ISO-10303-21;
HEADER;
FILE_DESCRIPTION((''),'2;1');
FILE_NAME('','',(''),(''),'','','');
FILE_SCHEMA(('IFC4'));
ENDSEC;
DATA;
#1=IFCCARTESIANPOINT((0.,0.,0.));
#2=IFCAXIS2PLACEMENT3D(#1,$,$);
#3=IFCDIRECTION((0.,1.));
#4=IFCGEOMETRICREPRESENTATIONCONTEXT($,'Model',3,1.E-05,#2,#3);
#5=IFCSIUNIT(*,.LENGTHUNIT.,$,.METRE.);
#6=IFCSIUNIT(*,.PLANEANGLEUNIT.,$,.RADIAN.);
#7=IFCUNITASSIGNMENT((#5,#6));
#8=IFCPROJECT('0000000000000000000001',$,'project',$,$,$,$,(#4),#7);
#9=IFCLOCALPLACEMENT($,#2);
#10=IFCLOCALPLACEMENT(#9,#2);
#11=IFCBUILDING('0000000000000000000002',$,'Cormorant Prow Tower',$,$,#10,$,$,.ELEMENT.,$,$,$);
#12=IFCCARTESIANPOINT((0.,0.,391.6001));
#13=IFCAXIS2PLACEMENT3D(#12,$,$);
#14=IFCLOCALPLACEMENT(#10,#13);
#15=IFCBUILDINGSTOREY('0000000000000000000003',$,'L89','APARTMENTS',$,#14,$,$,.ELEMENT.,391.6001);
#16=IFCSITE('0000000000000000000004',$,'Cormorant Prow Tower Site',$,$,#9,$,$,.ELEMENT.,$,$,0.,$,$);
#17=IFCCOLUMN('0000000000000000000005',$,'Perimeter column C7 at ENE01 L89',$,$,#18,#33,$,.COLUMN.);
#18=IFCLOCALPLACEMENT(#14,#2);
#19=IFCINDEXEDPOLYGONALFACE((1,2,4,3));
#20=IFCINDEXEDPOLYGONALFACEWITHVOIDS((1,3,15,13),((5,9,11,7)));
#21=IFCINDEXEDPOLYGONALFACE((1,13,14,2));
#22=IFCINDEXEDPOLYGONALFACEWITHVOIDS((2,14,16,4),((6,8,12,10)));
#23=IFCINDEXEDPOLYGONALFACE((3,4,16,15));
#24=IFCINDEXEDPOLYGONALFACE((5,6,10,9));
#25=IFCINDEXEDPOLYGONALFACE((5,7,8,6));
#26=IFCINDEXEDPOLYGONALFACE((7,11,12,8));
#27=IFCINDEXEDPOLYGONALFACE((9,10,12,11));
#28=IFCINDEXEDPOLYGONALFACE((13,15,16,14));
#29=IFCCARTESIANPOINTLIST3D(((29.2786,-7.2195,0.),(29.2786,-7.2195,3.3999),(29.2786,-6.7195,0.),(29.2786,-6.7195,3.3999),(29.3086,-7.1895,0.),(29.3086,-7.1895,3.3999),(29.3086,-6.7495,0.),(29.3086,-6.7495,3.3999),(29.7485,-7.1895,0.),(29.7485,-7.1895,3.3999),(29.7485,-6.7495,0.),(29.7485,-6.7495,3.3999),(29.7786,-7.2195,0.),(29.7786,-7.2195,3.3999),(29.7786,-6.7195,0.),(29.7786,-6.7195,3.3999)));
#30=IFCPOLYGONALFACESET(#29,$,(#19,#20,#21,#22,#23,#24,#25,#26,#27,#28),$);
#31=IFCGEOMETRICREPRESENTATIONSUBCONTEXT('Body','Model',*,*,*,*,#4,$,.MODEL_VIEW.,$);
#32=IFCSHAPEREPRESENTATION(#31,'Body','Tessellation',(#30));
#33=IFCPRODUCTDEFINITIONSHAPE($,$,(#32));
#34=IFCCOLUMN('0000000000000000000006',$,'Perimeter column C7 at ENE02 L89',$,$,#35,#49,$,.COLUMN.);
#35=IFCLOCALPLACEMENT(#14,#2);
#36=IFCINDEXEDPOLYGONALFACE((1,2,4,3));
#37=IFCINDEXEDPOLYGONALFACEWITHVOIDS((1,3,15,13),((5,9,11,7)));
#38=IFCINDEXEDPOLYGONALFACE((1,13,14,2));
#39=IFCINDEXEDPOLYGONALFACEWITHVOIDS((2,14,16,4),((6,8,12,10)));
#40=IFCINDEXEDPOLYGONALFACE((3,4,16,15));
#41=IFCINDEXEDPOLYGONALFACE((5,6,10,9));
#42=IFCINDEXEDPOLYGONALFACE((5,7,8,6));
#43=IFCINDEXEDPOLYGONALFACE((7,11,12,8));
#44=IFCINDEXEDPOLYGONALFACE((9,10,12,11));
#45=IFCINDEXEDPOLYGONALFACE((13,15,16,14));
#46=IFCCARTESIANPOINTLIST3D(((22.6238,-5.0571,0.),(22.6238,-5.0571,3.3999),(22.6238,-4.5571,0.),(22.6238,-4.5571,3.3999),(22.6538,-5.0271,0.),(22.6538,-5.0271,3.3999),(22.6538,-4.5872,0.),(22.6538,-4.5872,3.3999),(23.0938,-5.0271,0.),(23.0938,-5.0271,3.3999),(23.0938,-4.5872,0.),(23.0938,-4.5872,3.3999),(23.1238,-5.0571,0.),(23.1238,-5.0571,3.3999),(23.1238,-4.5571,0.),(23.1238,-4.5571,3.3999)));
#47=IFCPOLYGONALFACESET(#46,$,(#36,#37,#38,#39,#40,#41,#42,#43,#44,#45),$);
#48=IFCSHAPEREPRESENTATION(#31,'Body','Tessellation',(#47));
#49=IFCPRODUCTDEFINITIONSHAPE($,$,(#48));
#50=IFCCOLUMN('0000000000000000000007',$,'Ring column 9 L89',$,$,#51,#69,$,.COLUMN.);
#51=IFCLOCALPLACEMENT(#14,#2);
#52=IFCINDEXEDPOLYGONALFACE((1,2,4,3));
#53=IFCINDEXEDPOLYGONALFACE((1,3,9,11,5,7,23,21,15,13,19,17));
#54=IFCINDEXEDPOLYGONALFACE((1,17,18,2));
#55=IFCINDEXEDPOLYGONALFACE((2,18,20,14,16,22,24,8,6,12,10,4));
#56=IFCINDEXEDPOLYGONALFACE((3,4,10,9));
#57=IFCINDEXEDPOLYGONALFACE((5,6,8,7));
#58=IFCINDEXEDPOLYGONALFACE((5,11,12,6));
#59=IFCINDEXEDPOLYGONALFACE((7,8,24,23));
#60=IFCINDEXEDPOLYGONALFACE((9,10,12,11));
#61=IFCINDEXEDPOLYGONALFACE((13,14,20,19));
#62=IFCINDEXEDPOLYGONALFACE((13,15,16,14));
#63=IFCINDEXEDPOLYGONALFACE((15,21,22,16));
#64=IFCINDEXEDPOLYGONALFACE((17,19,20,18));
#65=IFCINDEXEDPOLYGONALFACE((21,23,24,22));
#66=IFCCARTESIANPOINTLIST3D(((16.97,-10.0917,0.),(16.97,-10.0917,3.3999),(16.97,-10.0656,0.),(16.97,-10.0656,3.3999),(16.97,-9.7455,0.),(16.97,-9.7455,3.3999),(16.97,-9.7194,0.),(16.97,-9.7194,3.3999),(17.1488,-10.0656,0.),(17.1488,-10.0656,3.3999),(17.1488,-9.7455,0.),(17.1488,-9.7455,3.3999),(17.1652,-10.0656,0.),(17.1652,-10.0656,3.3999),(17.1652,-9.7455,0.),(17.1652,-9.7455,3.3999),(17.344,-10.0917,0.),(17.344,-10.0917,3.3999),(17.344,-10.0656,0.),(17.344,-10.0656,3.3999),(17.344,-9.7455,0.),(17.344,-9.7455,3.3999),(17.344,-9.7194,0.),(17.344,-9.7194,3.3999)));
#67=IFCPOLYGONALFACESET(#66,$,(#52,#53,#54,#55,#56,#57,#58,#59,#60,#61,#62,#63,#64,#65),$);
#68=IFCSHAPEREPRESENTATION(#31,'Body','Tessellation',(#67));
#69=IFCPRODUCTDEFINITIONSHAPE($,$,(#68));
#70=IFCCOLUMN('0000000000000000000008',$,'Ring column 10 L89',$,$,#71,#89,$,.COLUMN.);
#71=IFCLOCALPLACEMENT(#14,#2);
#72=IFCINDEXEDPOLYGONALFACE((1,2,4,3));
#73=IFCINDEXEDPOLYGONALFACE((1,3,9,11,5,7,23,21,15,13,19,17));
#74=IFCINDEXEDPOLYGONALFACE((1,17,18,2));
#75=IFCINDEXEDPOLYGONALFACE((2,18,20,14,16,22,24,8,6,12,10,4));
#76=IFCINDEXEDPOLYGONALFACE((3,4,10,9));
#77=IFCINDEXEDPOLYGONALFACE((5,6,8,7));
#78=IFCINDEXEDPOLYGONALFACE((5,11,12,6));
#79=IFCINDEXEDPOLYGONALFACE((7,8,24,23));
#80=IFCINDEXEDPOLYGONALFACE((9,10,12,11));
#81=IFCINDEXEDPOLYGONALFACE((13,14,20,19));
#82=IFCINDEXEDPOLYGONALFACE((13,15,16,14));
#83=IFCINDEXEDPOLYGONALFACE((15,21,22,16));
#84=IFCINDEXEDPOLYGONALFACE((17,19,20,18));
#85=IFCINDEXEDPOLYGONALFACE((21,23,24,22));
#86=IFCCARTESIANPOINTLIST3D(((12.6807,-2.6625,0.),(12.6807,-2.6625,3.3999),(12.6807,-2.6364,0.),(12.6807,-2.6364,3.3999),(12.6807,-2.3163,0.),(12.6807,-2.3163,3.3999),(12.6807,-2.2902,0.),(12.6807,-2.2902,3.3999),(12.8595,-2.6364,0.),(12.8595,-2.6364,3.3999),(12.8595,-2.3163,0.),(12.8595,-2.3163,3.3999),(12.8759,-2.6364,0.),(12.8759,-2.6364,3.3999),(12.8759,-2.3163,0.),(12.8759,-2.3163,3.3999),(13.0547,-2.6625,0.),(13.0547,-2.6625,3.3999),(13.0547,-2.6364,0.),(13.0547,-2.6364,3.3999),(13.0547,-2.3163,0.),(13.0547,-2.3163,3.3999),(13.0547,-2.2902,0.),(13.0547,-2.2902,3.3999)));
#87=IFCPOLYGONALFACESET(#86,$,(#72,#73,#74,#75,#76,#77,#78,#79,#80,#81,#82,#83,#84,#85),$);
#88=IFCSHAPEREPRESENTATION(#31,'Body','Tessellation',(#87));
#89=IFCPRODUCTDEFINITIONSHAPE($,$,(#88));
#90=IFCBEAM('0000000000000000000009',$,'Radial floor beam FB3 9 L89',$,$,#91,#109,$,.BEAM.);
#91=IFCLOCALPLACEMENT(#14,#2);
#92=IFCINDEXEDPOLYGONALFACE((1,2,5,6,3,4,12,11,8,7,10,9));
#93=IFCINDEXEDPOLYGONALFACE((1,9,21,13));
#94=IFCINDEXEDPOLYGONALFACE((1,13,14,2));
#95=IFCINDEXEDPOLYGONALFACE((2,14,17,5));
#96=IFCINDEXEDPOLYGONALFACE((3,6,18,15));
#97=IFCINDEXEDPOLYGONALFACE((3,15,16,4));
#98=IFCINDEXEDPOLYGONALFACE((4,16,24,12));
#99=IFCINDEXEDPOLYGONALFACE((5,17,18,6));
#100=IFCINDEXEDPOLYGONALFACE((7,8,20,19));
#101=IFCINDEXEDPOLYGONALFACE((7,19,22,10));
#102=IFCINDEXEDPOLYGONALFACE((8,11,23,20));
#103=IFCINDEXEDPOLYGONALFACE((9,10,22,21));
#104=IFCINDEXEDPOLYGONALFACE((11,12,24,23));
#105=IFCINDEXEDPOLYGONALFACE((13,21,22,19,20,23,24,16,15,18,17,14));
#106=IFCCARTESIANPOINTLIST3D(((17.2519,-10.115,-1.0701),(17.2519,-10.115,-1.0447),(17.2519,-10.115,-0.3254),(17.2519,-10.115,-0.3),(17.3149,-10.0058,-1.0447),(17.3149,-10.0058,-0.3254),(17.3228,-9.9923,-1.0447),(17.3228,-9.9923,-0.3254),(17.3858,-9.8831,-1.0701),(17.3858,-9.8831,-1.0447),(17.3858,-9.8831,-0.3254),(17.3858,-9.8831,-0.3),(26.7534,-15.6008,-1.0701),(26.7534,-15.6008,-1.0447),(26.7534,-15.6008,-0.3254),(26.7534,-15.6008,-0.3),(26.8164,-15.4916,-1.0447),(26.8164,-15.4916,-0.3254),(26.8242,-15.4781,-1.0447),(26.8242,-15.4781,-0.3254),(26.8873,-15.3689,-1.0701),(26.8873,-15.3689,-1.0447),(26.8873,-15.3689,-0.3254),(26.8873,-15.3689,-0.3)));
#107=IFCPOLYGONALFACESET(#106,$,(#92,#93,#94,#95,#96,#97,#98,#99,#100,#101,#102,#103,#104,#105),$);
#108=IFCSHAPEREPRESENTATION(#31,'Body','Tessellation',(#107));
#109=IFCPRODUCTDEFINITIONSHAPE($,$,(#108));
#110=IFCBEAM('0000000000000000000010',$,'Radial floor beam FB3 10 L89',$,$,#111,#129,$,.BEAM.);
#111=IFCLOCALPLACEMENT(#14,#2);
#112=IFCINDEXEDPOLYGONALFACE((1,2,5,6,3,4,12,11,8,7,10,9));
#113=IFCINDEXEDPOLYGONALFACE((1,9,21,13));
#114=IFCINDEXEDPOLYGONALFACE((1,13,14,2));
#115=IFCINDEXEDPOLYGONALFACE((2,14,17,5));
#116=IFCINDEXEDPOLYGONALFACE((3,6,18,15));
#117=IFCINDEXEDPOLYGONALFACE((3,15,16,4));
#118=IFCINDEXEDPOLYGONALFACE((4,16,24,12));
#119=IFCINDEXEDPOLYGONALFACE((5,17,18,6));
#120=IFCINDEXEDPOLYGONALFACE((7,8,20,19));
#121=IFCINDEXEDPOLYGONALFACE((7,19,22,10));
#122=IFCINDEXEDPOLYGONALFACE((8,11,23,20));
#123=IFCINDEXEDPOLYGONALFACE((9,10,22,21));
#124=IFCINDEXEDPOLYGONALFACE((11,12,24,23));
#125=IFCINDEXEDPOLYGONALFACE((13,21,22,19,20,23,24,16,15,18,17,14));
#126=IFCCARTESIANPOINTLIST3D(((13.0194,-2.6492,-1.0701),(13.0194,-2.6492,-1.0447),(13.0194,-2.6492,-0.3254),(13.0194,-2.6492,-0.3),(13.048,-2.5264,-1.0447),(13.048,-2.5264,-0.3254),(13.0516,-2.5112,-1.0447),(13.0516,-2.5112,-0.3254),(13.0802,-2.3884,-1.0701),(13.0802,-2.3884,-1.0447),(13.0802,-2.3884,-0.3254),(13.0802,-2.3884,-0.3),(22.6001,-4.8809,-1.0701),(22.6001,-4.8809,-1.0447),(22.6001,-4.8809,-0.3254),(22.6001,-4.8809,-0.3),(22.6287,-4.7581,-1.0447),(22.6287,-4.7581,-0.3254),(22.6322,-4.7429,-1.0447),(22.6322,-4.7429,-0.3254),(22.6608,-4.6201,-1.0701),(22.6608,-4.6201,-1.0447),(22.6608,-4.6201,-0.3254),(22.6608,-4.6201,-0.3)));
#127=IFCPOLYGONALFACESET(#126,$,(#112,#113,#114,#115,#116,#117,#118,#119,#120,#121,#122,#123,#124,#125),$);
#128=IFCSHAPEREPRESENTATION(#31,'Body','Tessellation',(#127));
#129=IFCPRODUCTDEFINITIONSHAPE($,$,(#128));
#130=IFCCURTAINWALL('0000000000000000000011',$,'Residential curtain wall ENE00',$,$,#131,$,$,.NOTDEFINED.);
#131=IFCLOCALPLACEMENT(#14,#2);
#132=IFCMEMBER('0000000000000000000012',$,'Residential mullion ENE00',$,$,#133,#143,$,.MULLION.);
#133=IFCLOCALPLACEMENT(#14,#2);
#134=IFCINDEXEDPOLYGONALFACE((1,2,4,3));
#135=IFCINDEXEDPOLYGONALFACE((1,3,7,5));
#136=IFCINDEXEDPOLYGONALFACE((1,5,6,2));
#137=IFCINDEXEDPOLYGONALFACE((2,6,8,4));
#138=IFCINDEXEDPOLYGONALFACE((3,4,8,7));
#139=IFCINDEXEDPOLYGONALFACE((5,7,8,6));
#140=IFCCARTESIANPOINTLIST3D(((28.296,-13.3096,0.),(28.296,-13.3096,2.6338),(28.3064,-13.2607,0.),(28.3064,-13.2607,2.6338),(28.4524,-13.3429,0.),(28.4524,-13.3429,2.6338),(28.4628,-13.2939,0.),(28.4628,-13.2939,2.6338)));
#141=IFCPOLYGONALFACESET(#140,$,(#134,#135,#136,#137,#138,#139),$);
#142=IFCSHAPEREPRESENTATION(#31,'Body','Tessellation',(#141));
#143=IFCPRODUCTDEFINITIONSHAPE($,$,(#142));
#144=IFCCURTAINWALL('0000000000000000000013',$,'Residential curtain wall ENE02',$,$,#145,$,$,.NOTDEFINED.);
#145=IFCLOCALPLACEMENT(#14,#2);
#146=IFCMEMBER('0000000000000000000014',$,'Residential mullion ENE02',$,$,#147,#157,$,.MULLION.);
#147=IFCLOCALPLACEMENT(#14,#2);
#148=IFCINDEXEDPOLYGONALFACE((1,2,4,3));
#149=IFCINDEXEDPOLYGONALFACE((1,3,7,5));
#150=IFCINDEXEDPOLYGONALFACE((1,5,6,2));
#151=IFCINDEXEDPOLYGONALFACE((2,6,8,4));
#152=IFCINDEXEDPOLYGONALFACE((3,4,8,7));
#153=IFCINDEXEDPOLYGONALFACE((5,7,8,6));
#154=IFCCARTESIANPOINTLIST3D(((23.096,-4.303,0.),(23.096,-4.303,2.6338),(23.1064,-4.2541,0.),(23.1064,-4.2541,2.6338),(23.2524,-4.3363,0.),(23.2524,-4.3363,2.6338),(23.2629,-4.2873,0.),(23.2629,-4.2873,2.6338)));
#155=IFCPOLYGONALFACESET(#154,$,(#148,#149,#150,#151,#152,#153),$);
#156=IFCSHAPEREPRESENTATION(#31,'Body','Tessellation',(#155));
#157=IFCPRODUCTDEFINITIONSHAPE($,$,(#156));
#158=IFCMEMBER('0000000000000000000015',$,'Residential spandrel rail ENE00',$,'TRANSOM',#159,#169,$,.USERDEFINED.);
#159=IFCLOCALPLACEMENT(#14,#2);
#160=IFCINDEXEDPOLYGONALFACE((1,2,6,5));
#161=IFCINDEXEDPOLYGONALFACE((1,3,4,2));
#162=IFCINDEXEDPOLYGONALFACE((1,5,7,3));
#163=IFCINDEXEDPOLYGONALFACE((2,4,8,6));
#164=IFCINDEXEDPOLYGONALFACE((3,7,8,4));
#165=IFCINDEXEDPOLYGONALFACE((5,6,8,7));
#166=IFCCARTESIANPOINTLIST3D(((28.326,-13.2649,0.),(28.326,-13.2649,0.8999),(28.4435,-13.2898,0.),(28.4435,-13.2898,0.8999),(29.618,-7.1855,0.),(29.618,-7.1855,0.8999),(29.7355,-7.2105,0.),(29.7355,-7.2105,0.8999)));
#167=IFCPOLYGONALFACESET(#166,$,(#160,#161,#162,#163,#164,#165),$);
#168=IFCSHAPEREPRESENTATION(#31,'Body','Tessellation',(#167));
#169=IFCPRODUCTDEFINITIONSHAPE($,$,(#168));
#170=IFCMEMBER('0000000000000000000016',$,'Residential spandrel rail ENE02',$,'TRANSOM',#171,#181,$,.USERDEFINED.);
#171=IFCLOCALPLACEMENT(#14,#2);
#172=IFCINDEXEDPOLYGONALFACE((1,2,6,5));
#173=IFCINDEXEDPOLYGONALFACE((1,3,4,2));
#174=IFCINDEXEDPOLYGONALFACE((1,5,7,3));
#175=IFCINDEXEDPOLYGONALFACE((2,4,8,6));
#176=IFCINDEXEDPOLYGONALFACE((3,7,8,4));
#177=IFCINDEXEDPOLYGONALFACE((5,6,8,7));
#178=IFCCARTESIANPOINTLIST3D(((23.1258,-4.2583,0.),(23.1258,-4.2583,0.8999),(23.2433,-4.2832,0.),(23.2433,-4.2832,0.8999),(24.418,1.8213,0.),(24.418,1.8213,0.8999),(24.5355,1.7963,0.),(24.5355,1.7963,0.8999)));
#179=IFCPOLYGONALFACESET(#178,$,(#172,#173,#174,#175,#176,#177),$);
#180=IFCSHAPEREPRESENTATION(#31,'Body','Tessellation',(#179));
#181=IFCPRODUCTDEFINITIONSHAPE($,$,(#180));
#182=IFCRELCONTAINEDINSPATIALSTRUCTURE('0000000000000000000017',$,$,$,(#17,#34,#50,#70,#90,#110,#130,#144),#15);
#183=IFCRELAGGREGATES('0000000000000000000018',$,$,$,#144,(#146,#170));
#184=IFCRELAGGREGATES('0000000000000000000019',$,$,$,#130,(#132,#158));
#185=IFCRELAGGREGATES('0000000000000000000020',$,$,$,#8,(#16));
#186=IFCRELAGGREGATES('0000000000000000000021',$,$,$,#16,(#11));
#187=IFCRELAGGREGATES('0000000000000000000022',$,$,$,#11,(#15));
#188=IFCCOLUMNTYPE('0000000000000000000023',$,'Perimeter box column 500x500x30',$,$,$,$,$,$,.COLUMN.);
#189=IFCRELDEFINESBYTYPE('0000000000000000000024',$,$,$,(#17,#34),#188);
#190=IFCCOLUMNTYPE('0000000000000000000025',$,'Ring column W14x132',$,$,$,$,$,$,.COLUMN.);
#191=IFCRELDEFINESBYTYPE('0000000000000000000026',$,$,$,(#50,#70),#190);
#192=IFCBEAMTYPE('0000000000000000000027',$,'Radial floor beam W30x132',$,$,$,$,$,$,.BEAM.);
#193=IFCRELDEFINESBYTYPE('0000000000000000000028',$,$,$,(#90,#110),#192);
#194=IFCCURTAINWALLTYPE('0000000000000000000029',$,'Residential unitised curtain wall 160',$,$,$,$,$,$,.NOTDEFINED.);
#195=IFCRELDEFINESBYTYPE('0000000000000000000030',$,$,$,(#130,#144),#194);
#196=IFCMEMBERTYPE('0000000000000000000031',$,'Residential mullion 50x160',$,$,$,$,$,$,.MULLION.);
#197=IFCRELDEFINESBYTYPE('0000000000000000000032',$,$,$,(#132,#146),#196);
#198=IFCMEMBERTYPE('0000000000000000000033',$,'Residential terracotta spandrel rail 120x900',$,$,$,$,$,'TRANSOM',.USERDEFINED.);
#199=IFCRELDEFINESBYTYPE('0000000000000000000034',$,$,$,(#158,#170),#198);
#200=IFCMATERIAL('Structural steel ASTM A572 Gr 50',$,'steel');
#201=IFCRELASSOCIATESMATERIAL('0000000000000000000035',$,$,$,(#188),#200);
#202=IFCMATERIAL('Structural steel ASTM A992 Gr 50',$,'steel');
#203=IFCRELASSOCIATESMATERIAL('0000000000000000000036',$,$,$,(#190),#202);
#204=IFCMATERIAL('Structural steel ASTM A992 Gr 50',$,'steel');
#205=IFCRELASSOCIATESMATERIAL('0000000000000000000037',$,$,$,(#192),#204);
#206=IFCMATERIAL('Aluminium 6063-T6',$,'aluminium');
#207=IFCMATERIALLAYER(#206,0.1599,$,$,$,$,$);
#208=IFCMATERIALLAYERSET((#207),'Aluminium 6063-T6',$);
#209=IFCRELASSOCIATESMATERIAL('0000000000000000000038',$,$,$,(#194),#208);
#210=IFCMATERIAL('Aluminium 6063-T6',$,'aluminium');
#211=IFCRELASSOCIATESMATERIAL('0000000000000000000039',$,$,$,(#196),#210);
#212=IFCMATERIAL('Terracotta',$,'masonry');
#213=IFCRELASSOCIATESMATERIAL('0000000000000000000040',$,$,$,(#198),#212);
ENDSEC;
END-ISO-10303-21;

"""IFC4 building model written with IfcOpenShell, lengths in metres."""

from ifc_helpers import new_model, si_unit, direction, frame, origin, origin_2d, place, context, subcontext, project, spatial, rectangle, hollow_rectangle, i_section, extrude, material, layer, layer_set, material_profile, profile_set, type_object, element, aggregate, save


model = new_model("IFC4")

# Units and contexts
model_context = context("Model", 3, precision=1e-05, world=origin(), true_north=direction((0.0, 1.0)))
body_context = subcontext(model_context, "Body", "Model", "MODEL_VIEW")
ifc_project = project(units=[si_unit("LENGTHUNIT", "METRE"), si_unit("PLANEANGLEUNIT", "RADIAN")], contexts=[model_context])

# Site, building, storey
site_placement = place(None, origin())
site = spatial("IfcSite", under=ifc_project, at=site_placement, Name="Cormorant Prow Tower Site", CompositionType="ELEMENT", RefElevation=0.0)
building_placement = place(site_placement, origin())
building = spatial("IfcBuilding", under=site, at=building_placement, Name="Cormorant Prow Tower", CompositionType="ELEMENT")
storey_placement = place(building_placement, frame((0.0, 0.0, 391.6001)))
storey = spatial("IfcBuildingStorey", under=building, at=storey_placement, Name="L89", Description="APARTMENTS", CompositionType="ELEMENT", Elevation=391.6001)

# Columns
ifc_material_1 = material(Name="Structural steel ASTM A572 Gr 50", Category="steel")
ifc_material_profile_1 = material_profile(ifc_material_1, hollow_rectangle(XDim=0.5, YDim=0.5, WallThickness=0.03, at=origin_2d()), Name="Box 500x500x30")
ifc_profile_set_1 = profile_set([ifc_material_profile_1], Name="Structural steel ASTM A572 Gr 50")
column_type_1 = type_object("IfcColumnType", Name="Perimeter box column 500x500x30", PredefinedType="COLUMN", material=ifc_profile_set_1)
for number, where, z_axis, x_axis, name in (
    (1, (29.5286, -6.9695, 0.0), (0.0, 0.0, 1.0), (1.0, 0.0, 0.0), "Perimeter column C7 at ENE01 L89"),
    (2, (22.8738, -4.8071, 0.0), (0.0, 0.0, 1.0), (1.0, 0.0, 0.0), "Perimeter column C7 at ENE02 L89"),
):
    element("IfcColumn", number, at=place(storey_placement, frame(where, z_axis=z_axis, x_axis=x_axis)), inside=storey, type_object=column_type_1, Name=name, PredefinedType="COLUMN", context=body_context, shape_type="SweptSolid", body=[
        extrude(hollow_rectangle(XDim=0.5, YDim=0.5, WallThickness=0.03, at=origin_2d()), origin(), (0.0, 0.0, 1.0), 3.3999),
    ])
ifc_material_2 = material(Name="Structural steel ASTM A992 Gr 50", Category="steel")
ifc_material_profile_2 = material_profile(ifc_material_2, i_section(OverallWidth=0.374, OverallDepth=0.3723, WebThickness=0.0164, FlangeThickness=0.0261, at=origin_2d()), Name="W14x132")
ifc_profile_set_2 = profile_set([ifc_material_profile_2], Name="Structural steel ASTM A992 Gr 50")
column_type_2 = type_object("IfcColumnType", Name="Ring column W14x132", PredefinedType="COLUMN", material=ifc_profile_set_2)
for number, where, z_axis, x_axis, name in (
    (3, (17.157, -9.9055, 0.0), (0.0, 0.0, 1.0), (1.0, 0.0, 0.0), "Ring column 9 L89"),
    (4, (12.8677, -2.4763, 0.0), (0.0, 0.0, 1.0), (1.0, 0.0, 0.0), "Ring column 10 L89"),
):
    element("IfcColumn", number, at=place(storey_placement, frame(where, z_axis=z_axis, x_axis=x_axis)), inside=storey, type_object=column_type_2, Name=name, PredefinedType="COLUMN", context=body_context, shape_type="SweptSolid", body=[
        extrude(i_section(OverallWidth=0.374, OverallDepth=0.3723, WebThickness=0.0164, FlangeThickness=0.0261, at=origin_2d()), origin(), (0.0, 0.0, 1.0), 3.3999),
    ])

# Beams
ifc_material_3 = material(Name="Structural steel ASTM A992 Gr 50", Category="steel")
ifc_material_profile_3 = material_profile(ifc_material_3, i_section(OverallWidth=0.2678, OverallDepth=0.77, WebThickness=0.0156, FlangeThickness=0.0254, at=origin_2d()), Name="W30x132")
ifc_profile_set_3 = profile_set([ifc_material_profile_3], Name="Structural steel ASTM A992 Gr 50")
beam_type_1 = type_object("IfcBeamType", Name="Radial floor beam W30x132", PredefinedType="BEAM", material=ifc_profile_set_3)
beam_1_placement = place(storey_placement, frame((17.3188, -9.999, -0.6851), z_axis=(0.866019, -0.500011, 0.0), x_axis=(0.500011, 0.866019, 0.0)))
element("IfcBeam", 5, at=beam_1_placement, inside=storey, type_object=beam_type_1, Name="Radial floor beam FB3 9 L89", PredefinedType="BEAM", context=body_context, shape_type="SweptSolid", body=[
    extrude(i_section(OverallWidth=0.2678, OverallDepth=0.77, WebThickness=0.0156, FlangeThickness=0.0254, at=origin_2d()), origin(), (0.0, 0.0, 1.0), 10.9714),
])
beam_2_placement = place(storey_placement, frame((13.0498, -2.5188, -0.6851), z_axis=(0.973926, -0.226866, 0.0), x_axis=(0.226866, 0.973926, 0.0)))
element("IfcBeam", 6, at=beam_2_placement, inside=storey, type_object=beam_type_1, Name="Radial floor beam FB3 10 L89", PredefinedType="BEAM", context=body_context, shape_type="SweptSolid", body=[
    extrude(i_section(OverallWidth=0.2678, OverallDepth=0.77, WebThickness=0.0156, FlangeThickness=0.0254, at=origin_2d()), origin(), (0.0, 0.0, 1.0), 9.8372),
])

# Curtain walls, members
ifc_material_4 = material(Name="Aluminium 6063-T6", Category="aluminium")
ifc_layer_1 = layer(ifc_material_4, 0.1599)
ifc_layer_set_1 = layer_set([ifc_layer_1], Name="Aluminium 6063-T6")
curtain_wall_type = type_object("IfcCurtainWallType", Name="Residential unitised curtain wall 160", PredefinedType="NOTDEFINED", material=ifc_layer_set_1)
curtain_wall_1_placement = place(storey_placement, origin())
curtain_wall_1 = element("IfcCurtainWall", 7, at=curtain_wall_1_placement, inside=storey, type_object=curtain_wall_type, Name="Residential curtain wall ENE00", PredefinedType="NOTDEFINED")
ifc_material_5 = material(Name="Aluminium 6063-T6", Category="aluminium")
ifc_material_profile_4 = material_profile(ifc_material_5, rectangle(XDim=0.1599, YDim=0.05, at=origin_2d()), Name="Residential mullion 50x160")
ifc_profile_set_4 = profile_set([ifc_material_profile_4], Name="Aluminium 6063-T6")
member_type_1 = type_object("IfcMemberType", Name="Residential mullion 50x160", PredefinedType="MULLION", material=ifc_profile_set_4)
member_1_placement = place(storey_placement, frame((28.3794, -13.3018, 0.0), z_axis=(0.0, 0.0, 1.0), x_axis=(-0.978148, 0.207912, 0.0)))
member_1 = element("IfcMember", 8, at=member_1_placement, type_object=member_type_1, Name="Residential mullion ENE00", PredefinedType="MULLION", context=body_context, shape_type="SweptSolid", body=[
    extrude(rectangle(XDim=0.1599, YDim=0.05, at=origin_2d()), origin(), (0.0, 0.0, 1.0), 2.6338),
])
curtain_wall_2_placement = place(storey_placement, origin())
curtain_wall_2 = element("IfcCurtainWall", 9, at=curtain_wall_2_placement, inside=storey, type_object=curtain_wall_type, Name="Residential curtain wall ENE02", PredefinedType="NOTDEFINED")
member_2_placement = place(storey_placement, frame((23.1794, -4.2952, 0.0), z_axis=(0.0, 0.0, 1.0), x_axis=(-0.978148, 0.207912, 0.0)))
member_2 = element("IfcMember", 10, at=member_2_placement, type_object=member_type_1, Name="Residential mullion ENE02", PredefinedType="MULLION", context=body_context, shape_type="SweptSolid", body=[
    extrude(rectangle(XDim=0.1599, YDim=0.05, at=origin_2d()), origin(), (0.0, 0.0, 1.0), 2.6338),
])

# Members
ifc_material_6 = material(Name="Terracotta", Category="masonry")
ifc_material_profile_5 = material_profile(ifc_material_6, rectangle(XDim=0.1201, YDim=0.8999, at=origin_2d()), Name="Residential terracotta spandrel rail 120x900")
ifc_profile_set_5 = profile_set([ifc_material_profile_5], Name="Terracotta")
member_type_2 = type_object("IfcMemberType", Name="Residential terracotta spandrel rail 120x900", ElementType="TRANSOM", PredefinedType="USERDEFINED", material=ifc_profile_set_5)
member_3_placement = place(storey_placement, frame((28.3848, -13.2773, 0.45), z_axis=(0.207879, 0.978155, 0.0), x_axis=(-0.978155, 0.207879, 0.0)))
member_3 = element("IfcMember", 11, at=member_3_placement, type_object=member_type_2, Name="Residential spandrel rail ENE00", ObjectType="TRANSOM", PredefinedType="USERDEFINED", context=body_context, shape_type="SweptSolid", body=[
    extrude(rectangle(XDim=0.1201, YDim=0.8999, at=origin_2d()), origin(), (0.0, 0.0, 1.0), 6.2151),
])
member_4_placement = place(storey_placement, frame((23.1846, -4.2708, 0.45), z_axis=(0.207909, 0.978148, 0.0), x_axis=(-0.978148, 0.207909, 0.0)))
member_4 = element("IfcMember", 12, at=member_4_placement, type_object=member_type_2, Name="Residential spandrel rail ENE02", ObjectType="TRANSOM", PredefinedType="USERDEFINED", context=body_context, shape_type="SweptSolid", body=[
    extrude(rectangle(XDim=0.1201, YDim=0.8999, at=origin_2d()), origin(), (0.0, 0.0, 1.0), 6.2153),
])
aggregate(curtain_wall_2, [member_2, member_4])

aggregate(curtain_wall_1, [member_1, member_3])

save(model, "model.ifc")
